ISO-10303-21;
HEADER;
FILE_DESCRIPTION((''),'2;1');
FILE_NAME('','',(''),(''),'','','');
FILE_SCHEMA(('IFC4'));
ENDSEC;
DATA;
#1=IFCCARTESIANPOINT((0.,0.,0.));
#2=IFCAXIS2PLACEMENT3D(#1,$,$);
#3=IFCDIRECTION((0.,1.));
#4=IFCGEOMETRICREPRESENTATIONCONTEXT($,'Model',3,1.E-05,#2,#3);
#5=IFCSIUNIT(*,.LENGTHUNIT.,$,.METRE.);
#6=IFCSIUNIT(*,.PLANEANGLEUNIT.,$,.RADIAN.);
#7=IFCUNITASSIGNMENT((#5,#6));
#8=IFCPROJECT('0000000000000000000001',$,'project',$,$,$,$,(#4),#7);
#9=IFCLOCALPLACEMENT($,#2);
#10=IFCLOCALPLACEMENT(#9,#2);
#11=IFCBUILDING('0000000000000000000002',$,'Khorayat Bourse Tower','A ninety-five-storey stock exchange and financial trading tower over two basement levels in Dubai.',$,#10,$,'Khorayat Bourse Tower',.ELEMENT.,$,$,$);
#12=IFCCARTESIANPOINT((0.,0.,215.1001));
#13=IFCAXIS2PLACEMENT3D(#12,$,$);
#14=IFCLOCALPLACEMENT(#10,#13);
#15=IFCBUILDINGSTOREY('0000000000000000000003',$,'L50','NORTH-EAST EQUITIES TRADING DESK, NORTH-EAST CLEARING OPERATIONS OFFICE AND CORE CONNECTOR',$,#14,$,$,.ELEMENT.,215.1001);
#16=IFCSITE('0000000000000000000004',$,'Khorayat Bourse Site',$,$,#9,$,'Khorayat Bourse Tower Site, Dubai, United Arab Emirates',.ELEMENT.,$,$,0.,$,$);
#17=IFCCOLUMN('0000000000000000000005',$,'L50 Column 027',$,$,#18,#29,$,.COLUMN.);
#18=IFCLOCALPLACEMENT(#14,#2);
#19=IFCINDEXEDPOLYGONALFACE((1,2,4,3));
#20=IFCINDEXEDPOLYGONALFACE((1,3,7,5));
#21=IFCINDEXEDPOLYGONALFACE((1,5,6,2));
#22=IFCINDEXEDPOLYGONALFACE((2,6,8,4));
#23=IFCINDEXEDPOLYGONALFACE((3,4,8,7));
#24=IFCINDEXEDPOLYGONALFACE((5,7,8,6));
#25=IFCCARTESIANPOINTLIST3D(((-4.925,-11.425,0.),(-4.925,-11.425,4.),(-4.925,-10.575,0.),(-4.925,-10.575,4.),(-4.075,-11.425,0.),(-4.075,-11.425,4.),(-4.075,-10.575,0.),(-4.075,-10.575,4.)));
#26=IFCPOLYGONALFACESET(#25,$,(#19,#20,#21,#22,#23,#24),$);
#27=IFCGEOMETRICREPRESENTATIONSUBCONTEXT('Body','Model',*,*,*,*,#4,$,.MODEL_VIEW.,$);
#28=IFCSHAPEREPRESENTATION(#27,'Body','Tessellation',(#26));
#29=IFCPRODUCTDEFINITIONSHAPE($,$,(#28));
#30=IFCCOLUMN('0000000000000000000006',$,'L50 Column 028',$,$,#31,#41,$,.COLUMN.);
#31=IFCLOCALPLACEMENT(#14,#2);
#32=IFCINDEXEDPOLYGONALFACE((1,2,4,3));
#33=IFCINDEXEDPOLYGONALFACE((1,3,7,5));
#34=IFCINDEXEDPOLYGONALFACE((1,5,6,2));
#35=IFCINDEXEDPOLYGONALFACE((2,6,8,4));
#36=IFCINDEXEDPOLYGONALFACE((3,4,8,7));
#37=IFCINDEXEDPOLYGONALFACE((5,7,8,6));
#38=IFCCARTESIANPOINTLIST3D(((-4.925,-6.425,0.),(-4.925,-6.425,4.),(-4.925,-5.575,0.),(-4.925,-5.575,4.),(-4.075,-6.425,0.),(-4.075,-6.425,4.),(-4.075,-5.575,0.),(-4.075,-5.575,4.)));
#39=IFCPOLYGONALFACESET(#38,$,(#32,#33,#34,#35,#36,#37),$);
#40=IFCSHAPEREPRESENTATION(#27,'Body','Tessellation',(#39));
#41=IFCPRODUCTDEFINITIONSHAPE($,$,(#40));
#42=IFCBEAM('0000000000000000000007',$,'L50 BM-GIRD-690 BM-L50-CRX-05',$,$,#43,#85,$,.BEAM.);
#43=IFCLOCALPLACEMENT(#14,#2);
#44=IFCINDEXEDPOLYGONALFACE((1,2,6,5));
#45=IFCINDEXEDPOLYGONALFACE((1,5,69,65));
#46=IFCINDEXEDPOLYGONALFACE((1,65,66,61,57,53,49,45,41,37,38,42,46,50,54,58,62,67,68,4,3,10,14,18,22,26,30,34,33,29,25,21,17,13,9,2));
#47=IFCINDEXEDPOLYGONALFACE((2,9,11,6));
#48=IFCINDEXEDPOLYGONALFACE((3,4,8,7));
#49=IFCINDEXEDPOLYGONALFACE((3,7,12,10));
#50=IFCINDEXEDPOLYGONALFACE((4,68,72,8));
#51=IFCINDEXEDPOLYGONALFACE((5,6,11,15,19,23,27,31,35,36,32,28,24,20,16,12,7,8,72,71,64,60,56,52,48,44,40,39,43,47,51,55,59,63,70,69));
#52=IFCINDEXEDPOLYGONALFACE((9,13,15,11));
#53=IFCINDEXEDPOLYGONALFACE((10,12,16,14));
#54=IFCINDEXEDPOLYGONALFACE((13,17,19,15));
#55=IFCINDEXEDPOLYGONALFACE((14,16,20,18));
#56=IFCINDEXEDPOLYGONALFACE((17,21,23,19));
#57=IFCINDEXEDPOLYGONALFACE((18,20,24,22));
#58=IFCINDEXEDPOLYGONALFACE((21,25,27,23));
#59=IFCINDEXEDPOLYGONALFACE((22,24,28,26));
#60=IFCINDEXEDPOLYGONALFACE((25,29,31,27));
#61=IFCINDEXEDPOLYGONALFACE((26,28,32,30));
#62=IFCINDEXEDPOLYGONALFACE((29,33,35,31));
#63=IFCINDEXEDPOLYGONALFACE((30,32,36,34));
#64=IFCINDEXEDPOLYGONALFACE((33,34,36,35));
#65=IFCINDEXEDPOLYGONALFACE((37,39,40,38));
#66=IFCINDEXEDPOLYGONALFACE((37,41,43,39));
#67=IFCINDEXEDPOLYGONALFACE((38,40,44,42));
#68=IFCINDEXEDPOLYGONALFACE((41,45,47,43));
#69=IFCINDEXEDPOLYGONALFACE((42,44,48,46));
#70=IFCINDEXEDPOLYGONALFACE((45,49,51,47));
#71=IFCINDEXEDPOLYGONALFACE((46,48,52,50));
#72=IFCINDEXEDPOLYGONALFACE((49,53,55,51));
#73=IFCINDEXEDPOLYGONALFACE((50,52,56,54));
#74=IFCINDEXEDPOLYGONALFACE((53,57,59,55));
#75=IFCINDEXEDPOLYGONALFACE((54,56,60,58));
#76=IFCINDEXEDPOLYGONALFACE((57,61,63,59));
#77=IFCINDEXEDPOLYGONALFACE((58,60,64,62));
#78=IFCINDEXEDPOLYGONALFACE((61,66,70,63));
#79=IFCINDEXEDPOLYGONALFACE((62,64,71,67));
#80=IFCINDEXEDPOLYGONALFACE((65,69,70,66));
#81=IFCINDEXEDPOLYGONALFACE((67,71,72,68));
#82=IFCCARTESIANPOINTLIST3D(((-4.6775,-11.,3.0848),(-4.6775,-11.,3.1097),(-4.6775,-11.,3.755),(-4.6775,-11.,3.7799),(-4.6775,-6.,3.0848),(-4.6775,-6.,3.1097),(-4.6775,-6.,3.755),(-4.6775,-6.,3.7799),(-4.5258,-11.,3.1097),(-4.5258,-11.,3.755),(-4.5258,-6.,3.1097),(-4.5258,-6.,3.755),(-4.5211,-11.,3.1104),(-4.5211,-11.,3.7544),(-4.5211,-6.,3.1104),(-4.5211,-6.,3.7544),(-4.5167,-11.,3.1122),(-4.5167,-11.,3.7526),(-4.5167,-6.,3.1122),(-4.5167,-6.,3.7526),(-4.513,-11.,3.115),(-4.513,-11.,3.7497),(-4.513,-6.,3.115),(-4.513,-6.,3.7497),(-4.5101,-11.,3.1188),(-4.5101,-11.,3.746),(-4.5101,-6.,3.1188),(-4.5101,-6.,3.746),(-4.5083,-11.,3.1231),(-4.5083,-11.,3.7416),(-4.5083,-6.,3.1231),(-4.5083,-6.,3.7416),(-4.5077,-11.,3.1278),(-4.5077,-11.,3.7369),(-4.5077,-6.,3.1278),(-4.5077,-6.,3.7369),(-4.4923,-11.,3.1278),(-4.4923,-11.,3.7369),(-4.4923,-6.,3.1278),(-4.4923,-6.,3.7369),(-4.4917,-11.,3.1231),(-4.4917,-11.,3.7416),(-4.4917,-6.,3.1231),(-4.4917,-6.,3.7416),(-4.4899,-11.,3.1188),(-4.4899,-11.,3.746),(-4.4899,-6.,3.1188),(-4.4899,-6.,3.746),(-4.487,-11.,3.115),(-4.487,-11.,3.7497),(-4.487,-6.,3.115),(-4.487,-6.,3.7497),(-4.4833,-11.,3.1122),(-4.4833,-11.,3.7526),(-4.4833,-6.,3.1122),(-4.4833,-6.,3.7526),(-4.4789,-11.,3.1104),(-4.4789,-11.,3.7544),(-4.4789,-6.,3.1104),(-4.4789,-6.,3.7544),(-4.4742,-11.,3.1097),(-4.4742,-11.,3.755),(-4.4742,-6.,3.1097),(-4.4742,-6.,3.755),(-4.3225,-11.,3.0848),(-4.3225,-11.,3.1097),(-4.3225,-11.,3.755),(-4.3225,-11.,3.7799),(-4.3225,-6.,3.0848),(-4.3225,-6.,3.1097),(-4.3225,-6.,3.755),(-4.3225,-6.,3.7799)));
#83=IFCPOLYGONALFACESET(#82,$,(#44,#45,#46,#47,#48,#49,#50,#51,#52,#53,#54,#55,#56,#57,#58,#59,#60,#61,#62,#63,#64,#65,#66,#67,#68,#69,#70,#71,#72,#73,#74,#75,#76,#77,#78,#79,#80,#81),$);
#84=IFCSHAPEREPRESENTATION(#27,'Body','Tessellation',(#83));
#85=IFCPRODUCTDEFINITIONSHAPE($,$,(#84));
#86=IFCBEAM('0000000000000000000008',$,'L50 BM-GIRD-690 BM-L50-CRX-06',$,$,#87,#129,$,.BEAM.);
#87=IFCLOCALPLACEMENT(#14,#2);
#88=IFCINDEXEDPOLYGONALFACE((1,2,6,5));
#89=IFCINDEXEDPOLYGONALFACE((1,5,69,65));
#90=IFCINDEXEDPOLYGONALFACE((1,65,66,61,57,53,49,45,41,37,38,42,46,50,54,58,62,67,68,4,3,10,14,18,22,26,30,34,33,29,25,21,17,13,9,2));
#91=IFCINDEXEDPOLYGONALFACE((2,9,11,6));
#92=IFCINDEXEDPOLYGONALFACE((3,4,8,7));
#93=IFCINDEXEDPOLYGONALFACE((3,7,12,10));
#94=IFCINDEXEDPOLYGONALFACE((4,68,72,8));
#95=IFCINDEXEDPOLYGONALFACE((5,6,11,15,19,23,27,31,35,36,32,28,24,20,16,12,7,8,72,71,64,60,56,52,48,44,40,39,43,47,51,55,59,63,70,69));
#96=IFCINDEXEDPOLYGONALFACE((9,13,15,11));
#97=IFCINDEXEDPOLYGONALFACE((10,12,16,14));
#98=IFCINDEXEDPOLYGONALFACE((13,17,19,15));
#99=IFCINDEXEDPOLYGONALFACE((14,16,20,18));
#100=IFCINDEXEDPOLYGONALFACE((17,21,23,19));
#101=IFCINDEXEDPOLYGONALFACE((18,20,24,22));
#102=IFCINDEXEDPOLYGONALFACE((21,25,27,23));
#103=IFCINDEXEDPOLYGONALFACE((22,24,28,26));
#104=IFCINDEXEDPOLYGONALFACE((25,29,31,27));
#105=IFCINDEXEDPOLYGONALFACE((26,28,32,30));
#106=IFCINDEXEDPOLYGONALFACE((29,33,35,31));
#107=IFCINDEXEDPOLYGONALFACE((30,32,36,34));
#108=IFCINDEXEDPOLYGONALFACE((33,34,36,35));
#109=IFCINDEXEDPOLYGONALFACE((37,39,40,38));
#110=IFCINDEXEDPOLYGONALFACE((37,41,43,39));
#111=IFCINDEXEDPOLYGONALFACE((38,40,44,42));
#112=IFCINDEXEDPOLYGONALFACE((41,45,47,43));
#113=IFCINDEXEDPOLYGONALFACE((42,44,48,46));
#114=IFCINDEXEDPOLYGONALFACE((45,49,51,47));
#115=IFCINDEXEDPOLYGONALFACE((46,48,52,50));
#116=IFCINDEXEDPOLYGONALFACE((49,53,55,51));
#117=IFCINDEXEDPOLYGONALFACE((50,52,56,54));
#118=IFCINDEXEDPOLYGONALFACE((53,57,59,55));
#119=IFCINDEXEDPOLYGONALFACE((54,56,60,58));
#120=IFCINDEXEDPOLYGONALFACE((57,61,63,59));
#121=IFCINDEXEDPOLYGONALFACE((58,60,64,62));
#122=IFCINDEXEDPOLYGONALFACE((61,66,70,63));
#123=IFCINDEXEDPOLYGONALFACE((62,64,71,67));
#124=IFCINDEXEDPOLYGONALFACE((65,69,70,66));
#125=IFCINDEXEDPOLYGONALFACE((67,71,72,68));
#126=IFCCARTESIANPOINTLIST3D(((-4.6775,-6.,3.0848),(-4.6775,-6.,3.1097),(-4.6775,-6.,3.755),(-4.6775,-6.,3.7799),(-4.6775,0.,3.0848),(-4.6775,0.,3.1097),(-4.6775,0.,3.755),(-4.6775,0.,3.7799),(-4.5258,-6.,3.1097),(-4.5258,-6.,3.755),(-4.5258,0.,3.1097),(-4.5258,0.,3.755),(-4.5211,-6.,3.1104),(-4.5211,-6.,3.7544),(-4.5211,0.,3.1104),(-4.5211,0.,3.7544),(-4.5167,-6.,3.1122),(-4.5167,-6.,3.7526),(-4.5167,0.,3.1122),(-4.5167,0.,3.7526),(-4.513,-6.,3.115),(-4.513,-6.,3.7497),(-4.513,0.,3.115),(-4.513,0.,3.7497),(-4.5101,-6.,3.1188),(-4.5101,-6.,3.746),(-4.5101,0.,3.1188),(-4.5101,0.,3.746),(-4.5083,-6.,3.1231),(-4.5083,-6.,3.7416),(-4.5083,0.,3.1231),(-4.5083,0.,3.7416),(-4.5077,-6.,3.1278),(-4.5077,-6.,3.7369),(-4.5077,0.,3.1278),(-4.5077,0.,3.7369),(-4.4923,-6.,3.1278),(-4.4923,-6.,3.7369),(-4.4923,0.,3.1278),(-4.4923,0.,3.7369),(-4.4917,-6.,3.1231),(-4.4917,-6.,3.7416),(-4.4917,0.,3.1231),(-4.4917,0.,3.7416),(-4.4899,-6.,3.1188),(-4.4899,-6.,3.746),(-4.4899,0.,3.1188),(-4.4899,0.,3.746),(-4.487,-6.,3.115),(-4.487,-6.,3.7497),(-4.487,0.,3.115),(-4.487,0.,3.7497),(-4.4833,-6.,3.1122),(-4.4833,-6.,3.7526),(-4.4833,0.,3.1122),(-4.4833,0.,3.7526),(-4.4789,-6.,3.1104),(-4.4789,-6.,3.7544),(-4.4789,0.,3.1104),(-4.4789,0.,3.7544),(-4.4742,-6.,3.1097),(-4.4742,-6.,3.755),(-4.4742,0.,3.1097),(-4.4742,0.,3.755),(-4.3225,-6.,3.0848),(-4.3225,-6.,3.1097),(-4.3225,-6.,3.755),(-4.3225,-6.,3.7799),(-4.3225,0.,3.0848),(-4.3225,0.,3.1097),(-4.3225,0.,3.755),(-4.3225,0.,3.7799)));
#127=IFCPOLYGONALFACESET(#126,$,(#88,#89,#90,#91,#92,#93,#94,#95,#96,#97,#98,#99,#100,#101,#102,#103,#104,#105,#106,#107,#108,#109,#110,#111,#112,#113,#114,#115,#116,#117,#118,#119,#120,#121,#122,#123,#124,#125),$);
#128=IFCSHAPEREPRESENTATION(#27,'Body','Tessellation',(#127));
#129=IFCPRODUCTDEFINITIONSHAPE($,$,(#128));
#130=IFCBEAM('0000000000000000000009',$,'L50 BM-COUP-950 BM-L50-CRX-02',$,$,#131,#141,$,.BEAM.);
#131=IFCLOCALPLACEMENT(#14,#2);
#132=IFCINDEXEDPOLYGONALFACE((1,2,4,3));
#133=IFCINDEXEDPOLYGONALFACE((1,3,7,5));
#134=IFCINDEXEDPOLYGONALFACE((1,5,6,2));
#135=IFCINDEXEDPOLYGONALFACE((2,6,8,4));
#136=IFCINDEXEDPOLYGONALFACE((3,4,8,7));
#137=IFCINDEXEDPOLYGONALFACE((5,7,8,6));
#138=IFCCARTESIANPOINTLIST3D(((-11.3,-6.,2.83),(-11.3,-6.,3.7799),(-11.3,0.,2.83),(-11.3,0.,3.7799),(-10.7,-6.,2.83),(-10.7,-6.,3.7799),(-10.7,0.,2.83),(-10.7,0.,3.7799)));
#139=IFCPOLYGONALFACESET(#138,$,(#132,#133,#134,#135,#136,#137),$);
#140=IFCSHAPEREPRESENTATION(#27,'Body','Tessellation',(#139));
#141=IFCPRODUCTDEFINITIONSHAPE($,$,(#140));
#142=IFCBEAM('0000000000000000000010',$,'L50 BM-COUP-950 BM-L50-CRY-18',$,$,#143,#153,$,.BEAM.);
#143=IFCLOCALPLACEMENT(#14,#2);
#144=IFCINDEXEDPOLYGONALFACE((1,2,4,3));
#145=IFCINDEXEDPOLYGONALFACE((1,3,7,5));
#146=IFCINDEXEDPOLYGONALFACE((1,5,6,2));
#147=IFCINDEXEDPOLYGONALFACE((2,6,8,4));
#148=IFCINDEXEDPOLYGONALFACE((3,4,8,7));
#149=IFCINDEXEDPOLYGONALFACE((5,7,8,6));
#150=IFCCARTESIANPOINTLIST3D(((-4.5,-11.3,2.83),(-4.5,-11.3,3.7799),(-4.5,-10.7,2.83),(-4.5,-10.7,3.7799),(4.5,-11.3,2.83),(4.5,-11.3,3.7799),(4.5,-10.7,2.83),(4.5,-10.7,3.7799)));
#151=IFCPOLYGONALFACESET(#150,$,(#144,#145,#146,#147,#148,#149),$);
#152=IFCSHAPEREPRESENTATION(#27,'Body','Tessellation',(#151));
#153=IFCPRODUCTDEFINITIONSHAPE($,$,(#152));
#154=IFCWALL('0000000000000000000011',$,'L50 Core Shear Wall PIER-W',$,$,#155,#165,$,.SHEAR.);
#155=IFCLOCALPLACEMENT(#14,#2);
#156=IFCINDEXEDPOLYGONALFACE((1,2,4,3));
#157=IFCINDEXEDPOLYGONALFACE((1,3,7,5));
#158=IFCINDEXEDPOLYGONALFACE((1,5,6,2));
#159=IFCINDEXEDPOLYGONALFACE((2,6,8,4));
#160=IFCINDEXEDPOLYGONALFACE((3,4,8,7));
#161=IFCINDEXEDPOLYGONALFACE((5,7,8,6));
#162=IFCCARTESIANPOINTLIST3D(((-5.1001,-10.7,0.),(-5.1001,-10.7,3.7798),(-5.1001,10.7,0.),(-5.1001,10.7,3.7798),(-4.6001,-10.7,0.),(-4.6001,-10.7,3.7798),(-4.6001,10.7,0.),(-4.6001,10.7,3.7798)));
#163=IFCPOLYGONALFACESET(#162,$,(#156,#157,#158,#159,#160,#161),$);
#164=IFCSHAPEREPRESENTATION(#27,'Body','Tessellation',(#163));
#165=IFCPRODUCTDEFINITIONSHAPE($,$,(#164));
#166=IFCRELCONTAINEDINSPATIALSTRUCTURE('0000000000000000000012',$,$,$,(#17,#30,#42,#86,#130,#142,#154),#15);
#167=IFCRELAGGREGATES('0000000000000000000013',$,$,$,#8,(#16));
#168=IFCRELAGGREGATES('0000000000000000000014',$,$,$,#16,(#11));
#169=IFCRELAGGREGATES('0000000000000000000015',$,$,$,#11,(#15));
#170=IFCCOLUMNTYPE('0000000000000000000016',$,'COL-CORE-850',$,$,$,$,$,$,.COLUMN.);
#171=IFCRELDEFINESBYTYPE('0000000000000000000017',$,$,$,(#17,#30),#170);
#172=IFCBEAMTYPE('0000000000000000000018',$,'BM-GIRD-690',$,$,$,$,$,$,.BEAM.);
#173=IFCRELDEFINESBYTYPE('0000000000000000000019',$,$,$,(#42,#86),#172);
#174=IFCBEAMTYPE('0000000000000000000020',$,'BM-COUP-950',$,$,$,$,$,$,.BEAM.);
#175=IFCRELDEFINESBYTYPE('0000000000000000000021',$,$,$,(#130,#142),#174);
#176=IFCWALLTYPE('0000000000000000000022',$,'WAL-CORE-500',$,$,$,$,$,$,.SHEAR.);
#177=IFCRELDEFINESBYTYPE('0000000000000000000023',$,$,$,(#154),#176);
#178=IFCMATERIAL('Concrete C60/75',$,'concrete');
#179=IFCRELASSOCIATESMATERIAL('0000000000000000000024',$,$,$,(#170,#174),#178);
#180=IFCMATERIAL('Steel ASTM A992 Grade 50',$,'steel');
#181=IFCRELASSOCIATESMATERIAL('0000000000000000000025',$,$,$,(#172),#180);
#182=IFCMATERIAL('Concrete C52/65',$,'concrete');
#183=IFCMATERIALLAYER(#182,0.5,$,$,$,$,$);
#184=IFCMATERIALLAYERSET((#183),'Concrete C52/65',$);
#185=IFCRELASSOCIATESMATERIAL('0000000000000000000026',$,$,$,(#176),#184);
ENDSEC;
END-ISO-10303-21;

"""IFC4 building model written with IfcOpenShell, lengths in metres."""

from ifc_helpers import new_model, si_unit, direction, frame, frame_2d, origin, origin_2d, place, context, subcontext, project, spatial, rectangle, i_section, extrude, source, transform, mapped, material, layer, layer_set, material_profile, profile_set, type_object, element, save


model = new_model("IFC4")

# Units and contexts
model_context = context("Model", 3, precision=1e-05, world=origin(), true_north=direction((0.0, 1.0)))
body_context = subcontext(model_context, "Body", "Model", "MODEL_VIEW")
ifc_project = project(units=[si_unit("LENGTHUNIT", "METRE"), si_unit("PLANEANGLEUNIT", "RADIAN")], contexts=[model_context])

# Site, building, storey
site_placement = place(None, origin())
site = spatial("IfcSite", under=ifc_project, at=site_placement, Name="Khorayat Bourse Site", LongName="Khorayat Bourse Tower Site, Dubai, United Arab Emirates", CompositionType="ELEMENT", RefElevation=0.0)
building_placement = place(site_placement, origin())
building = spatial("IfcBuilding", under=site, at=building_placement, Name="Khorayat Bourse Tower", Description="A ninety-five-storey stock exchange and financial trading tower over two basement levels in Dubai.", LongName="Khorayat Bourse Tower", CompositionType="ELEMENT")
storey_placement = place(building_placement, frame((0.0, 0.0, 215.1001)))
storey = spatial("IfcBuildingStorey", under=building, at=storey_placement, Name="L50", Description="NORTH-EAST EQUITIES TRADING DESK, NORTH-EAST CLEARING OPERATIONS OFFICE AND CORE CONNECTOR", CompositionType="ELEMENT", Elevation=215.1001)

# Columns
ifc_material_1 = material(Name="Concrete C60/75", Category="concrete")
ifc_material_profile_1 = material_profile(ifc_material_1, rectangle(XDim=0.8501, YDim=0.8501, at=origin_2d()), Name="RC 850x850")
ifc_profile_set_1 = profile_set([ifc_material_profile_1], Name="Concrete C60/75")
column_type = type_object("IfcColumnType", Name="COL-CORE-850", PredefinedType="COLUMN", material=ifc_profile_set_1)
shared_shape_1 = source(origin(), body_context, "Body", "SweptSolid", [
    extrude(rectangle(XDim=0.8501, YDim=0.8501, at=origin_2d()), origin(), (0.0, 0.0, 1.0), 4.0),
])
for number, where, z_axis, x_axis, name in (
    (1, (-4.5, -11.0, 0.0), (0.0, 0.0, 1.0), (1.0, 0.0, 0.0), "L50 Column 027"),
    (2, (-4.5, -6.0, 0.0), (0.0, 0.0, 1.0), (1.0, 0.0, 0.0), "L50 Column 028"),
):
    element("IfcColumn", number, at=place(storey_placement, frame(where, z_axis=z_axis, x_axis=x_axis)), inside=storey, type_object=column_type, Name=name, PredefinedType="COLUMN", context=body_context, shape_type="MappedRepresentation", body=[
        mapped(shared_shape_1, transform((0.0, 0.0, 0.0), scale=1.0)),
    ])

# Beams
ifc_material_2 = material(Name="Steel ASTM A992 Grade 50", Category="steel")
ifc_material_profile_2 = material_profile(ifc_material_2, i_section(OverallWidth=0.355, OverallDepth=0.6951, WebThickness=0.0154, FlangeThickness=0.0249, FilletRadius=0.0181, at=origin_2d()), Name="W690X217")
ifc_profile_set_2 = profile_set([ifc_material_profile_2], Name="Steel ASTM A992 Grade 50")
beam_type_1 = type_object("IfcBeamType", Name="BM-GIRD-690", PredefinedType="BEAM", material=ifc_profile_set_2)
shared_shape_2 = source(origin(), body_context, "Body", "SweptSolid", [
    extrude(i_section(OverallWidth=0.355, OverallDepth=0.6951, WebThickness=0.0154, FlangeThickness=0.0249, FilletRadius=0.0181, at=origin_2d()), origin(), (0.0, 0.0, 1.0), 5.0),
])
beam_1_placement = place(storey_placement, frame((-4.5, -11.0, 3.4324), z_axis=(0.0, 1.0, 0.0), x_axis=(-1.0, 0.0, 0.0)))
element("IfcBeam", 3, at=beam_1_placement, inside=storey, type_object=beam_type_1, Name="L50 BM-GIRD-690 BM-L50-CRX-05", PredefinedType="BEAM", context=body_context, shape_type="MappedRepresentation", body=[
    mapped(shared_shape_2, transform((0.0, 0.0, 0.0), scale=1.0)),
])
shared_shape_3 = source(origin(), body_context, "Body", "SweptSolid", [
    extrude(i_section(OverallWidth=0.355, OverallDepth=0.6951, WebThickness=0.0154, FlangeThickness=0.0249, FilletRadius=0.0181, at=origin_2d()), origin(), (0.0, 0.0, 1.0), 6.0),
])
beam_2_placement = place(storey_placement, frame((-4.5, -6.0, 3.4324), z_axis=(0.0, 1.0, 0.0), x_axis=(-1.0, 0.0, 0.0)))
element("IfcBeam", 4, at=beam_2_placement, inside=storey, type_object=beam_type_1, Name="L50 BM-GIRD-690 BM-L50-CRX-06", PredefinedType="BEAM", context=body_context, shape_type="MappedRepresentation", body=[
    mapped(shared_shape_3, transform((0.0, 0.0, 0.0), scale=1.0)),
])
ifc_material_profile_3 = material_profile(ifc_material_1, rectangle(XDim=0.6001, YDim=0.95, at=origin_2d()), Name="RC 600x950")
ifc_profile_set_3 = profile_set([ifc_material_profile_3], Name="Concrete C60/75")
beam_type_2 = type_object("IfcBeamType", Name="BM-COUP-950", PredefinedType="BEAM", material=ifc_profile_set_3)
shared_shape_4 = source(origin(), body_context, "Body", "SweptSolid", [
    extrude(rectangle(XDim=0.6001, YDim=0.95, at=origin_2d()), origin(), (0.0, 0.0, 1.0), 6.0),
])
beam_3_placement = place(storey_placement, frame((-11.0, -6.0, 3.3049), z_axis=(0.0, 1.0, 0.0), x_axis=(-1.0, 0.0, 0.0)))
element("IfcBeam", 5, at=beam_3_placement, inside=storey, type_object=beam_type_2, Name="L50 BM-COUP-950 BM-L50-CRX-02", PredefinedType="BEAM", context=body_context, shape_type="MappedRepresentation", body=[
    mapped(shared_shape_4, transform((0.0, 0.0, 0.0), scale=1.0)),
])
shared_shape_5 = source(origin(), body_context, "Body", "SweptSolid", [
    extrude(rectangle(XDim=0.6001, YDim=0.95, at=origin_2d()), origin(), (0.0, 0.0, 1.0), 9.0),
])
beam_4_placement = place(storey_placement, frame((-4.5, -11.0, 3.3049), z_axis=(1.0, 0.0, 0.0), x_axis=(0.0, 1.0, 0.0)))
element("IfcBeam", 6, at=beam_4_placement, inside=storey, type_object=beam_type_2, Name="L50 BM-COUP-950 BM-L50-CRY-18", PredefinedType="BEAM", context=body_context, shape_type="MappedRepresentation", body=[
    mapped(shared_shape_5, transform((0.0, 0.0, 0.0), scale=1.0)),
])

# Wall
ifc_material_3 = material(Name="Concrete C52/65", Category="concrete")
ifc_layer_1 = layer(ifc_material_3, 0.5)
ifc_layer_set_1 = layer_set([ifc_layer_1], Name="Concrete C52/65")
wall_type_1 = type_object("IfcWallType", Name="WAL-CORE-500", PredefinedType="SHEAR", material=ifc_layer_set_1)
shared_shape_6 = source(origin(), body_context, "Body", "SweptSolid", [
    extrude(rectangle(XDim=21.3999, YDim=0.5, at=frame_2d((10.7, 0.0))), origin(), (0.0, 0.0, 1.0), 3.7798),
])
wall_1_placement = place(storey_placement, frame((-4.8501, -10.7, 0.0), z_axis=(0.0, 0.0, 1.0), x_axis=(0.0, 1.0, 0.0)))
element("IfcWall", 7, at=wall_1_placement, inside=storey, type_object=wall_type_1, Name="L50 Core Shear Wall PIER-W", PredefinedType="SHEAR", context=body_context, shape_type="MappedRepresentation", body=[
    mapped(shared_shape_6, transform((0.0, 0.0, 0.0), scale=1.0)),
])

save(model, "model.ifc")
